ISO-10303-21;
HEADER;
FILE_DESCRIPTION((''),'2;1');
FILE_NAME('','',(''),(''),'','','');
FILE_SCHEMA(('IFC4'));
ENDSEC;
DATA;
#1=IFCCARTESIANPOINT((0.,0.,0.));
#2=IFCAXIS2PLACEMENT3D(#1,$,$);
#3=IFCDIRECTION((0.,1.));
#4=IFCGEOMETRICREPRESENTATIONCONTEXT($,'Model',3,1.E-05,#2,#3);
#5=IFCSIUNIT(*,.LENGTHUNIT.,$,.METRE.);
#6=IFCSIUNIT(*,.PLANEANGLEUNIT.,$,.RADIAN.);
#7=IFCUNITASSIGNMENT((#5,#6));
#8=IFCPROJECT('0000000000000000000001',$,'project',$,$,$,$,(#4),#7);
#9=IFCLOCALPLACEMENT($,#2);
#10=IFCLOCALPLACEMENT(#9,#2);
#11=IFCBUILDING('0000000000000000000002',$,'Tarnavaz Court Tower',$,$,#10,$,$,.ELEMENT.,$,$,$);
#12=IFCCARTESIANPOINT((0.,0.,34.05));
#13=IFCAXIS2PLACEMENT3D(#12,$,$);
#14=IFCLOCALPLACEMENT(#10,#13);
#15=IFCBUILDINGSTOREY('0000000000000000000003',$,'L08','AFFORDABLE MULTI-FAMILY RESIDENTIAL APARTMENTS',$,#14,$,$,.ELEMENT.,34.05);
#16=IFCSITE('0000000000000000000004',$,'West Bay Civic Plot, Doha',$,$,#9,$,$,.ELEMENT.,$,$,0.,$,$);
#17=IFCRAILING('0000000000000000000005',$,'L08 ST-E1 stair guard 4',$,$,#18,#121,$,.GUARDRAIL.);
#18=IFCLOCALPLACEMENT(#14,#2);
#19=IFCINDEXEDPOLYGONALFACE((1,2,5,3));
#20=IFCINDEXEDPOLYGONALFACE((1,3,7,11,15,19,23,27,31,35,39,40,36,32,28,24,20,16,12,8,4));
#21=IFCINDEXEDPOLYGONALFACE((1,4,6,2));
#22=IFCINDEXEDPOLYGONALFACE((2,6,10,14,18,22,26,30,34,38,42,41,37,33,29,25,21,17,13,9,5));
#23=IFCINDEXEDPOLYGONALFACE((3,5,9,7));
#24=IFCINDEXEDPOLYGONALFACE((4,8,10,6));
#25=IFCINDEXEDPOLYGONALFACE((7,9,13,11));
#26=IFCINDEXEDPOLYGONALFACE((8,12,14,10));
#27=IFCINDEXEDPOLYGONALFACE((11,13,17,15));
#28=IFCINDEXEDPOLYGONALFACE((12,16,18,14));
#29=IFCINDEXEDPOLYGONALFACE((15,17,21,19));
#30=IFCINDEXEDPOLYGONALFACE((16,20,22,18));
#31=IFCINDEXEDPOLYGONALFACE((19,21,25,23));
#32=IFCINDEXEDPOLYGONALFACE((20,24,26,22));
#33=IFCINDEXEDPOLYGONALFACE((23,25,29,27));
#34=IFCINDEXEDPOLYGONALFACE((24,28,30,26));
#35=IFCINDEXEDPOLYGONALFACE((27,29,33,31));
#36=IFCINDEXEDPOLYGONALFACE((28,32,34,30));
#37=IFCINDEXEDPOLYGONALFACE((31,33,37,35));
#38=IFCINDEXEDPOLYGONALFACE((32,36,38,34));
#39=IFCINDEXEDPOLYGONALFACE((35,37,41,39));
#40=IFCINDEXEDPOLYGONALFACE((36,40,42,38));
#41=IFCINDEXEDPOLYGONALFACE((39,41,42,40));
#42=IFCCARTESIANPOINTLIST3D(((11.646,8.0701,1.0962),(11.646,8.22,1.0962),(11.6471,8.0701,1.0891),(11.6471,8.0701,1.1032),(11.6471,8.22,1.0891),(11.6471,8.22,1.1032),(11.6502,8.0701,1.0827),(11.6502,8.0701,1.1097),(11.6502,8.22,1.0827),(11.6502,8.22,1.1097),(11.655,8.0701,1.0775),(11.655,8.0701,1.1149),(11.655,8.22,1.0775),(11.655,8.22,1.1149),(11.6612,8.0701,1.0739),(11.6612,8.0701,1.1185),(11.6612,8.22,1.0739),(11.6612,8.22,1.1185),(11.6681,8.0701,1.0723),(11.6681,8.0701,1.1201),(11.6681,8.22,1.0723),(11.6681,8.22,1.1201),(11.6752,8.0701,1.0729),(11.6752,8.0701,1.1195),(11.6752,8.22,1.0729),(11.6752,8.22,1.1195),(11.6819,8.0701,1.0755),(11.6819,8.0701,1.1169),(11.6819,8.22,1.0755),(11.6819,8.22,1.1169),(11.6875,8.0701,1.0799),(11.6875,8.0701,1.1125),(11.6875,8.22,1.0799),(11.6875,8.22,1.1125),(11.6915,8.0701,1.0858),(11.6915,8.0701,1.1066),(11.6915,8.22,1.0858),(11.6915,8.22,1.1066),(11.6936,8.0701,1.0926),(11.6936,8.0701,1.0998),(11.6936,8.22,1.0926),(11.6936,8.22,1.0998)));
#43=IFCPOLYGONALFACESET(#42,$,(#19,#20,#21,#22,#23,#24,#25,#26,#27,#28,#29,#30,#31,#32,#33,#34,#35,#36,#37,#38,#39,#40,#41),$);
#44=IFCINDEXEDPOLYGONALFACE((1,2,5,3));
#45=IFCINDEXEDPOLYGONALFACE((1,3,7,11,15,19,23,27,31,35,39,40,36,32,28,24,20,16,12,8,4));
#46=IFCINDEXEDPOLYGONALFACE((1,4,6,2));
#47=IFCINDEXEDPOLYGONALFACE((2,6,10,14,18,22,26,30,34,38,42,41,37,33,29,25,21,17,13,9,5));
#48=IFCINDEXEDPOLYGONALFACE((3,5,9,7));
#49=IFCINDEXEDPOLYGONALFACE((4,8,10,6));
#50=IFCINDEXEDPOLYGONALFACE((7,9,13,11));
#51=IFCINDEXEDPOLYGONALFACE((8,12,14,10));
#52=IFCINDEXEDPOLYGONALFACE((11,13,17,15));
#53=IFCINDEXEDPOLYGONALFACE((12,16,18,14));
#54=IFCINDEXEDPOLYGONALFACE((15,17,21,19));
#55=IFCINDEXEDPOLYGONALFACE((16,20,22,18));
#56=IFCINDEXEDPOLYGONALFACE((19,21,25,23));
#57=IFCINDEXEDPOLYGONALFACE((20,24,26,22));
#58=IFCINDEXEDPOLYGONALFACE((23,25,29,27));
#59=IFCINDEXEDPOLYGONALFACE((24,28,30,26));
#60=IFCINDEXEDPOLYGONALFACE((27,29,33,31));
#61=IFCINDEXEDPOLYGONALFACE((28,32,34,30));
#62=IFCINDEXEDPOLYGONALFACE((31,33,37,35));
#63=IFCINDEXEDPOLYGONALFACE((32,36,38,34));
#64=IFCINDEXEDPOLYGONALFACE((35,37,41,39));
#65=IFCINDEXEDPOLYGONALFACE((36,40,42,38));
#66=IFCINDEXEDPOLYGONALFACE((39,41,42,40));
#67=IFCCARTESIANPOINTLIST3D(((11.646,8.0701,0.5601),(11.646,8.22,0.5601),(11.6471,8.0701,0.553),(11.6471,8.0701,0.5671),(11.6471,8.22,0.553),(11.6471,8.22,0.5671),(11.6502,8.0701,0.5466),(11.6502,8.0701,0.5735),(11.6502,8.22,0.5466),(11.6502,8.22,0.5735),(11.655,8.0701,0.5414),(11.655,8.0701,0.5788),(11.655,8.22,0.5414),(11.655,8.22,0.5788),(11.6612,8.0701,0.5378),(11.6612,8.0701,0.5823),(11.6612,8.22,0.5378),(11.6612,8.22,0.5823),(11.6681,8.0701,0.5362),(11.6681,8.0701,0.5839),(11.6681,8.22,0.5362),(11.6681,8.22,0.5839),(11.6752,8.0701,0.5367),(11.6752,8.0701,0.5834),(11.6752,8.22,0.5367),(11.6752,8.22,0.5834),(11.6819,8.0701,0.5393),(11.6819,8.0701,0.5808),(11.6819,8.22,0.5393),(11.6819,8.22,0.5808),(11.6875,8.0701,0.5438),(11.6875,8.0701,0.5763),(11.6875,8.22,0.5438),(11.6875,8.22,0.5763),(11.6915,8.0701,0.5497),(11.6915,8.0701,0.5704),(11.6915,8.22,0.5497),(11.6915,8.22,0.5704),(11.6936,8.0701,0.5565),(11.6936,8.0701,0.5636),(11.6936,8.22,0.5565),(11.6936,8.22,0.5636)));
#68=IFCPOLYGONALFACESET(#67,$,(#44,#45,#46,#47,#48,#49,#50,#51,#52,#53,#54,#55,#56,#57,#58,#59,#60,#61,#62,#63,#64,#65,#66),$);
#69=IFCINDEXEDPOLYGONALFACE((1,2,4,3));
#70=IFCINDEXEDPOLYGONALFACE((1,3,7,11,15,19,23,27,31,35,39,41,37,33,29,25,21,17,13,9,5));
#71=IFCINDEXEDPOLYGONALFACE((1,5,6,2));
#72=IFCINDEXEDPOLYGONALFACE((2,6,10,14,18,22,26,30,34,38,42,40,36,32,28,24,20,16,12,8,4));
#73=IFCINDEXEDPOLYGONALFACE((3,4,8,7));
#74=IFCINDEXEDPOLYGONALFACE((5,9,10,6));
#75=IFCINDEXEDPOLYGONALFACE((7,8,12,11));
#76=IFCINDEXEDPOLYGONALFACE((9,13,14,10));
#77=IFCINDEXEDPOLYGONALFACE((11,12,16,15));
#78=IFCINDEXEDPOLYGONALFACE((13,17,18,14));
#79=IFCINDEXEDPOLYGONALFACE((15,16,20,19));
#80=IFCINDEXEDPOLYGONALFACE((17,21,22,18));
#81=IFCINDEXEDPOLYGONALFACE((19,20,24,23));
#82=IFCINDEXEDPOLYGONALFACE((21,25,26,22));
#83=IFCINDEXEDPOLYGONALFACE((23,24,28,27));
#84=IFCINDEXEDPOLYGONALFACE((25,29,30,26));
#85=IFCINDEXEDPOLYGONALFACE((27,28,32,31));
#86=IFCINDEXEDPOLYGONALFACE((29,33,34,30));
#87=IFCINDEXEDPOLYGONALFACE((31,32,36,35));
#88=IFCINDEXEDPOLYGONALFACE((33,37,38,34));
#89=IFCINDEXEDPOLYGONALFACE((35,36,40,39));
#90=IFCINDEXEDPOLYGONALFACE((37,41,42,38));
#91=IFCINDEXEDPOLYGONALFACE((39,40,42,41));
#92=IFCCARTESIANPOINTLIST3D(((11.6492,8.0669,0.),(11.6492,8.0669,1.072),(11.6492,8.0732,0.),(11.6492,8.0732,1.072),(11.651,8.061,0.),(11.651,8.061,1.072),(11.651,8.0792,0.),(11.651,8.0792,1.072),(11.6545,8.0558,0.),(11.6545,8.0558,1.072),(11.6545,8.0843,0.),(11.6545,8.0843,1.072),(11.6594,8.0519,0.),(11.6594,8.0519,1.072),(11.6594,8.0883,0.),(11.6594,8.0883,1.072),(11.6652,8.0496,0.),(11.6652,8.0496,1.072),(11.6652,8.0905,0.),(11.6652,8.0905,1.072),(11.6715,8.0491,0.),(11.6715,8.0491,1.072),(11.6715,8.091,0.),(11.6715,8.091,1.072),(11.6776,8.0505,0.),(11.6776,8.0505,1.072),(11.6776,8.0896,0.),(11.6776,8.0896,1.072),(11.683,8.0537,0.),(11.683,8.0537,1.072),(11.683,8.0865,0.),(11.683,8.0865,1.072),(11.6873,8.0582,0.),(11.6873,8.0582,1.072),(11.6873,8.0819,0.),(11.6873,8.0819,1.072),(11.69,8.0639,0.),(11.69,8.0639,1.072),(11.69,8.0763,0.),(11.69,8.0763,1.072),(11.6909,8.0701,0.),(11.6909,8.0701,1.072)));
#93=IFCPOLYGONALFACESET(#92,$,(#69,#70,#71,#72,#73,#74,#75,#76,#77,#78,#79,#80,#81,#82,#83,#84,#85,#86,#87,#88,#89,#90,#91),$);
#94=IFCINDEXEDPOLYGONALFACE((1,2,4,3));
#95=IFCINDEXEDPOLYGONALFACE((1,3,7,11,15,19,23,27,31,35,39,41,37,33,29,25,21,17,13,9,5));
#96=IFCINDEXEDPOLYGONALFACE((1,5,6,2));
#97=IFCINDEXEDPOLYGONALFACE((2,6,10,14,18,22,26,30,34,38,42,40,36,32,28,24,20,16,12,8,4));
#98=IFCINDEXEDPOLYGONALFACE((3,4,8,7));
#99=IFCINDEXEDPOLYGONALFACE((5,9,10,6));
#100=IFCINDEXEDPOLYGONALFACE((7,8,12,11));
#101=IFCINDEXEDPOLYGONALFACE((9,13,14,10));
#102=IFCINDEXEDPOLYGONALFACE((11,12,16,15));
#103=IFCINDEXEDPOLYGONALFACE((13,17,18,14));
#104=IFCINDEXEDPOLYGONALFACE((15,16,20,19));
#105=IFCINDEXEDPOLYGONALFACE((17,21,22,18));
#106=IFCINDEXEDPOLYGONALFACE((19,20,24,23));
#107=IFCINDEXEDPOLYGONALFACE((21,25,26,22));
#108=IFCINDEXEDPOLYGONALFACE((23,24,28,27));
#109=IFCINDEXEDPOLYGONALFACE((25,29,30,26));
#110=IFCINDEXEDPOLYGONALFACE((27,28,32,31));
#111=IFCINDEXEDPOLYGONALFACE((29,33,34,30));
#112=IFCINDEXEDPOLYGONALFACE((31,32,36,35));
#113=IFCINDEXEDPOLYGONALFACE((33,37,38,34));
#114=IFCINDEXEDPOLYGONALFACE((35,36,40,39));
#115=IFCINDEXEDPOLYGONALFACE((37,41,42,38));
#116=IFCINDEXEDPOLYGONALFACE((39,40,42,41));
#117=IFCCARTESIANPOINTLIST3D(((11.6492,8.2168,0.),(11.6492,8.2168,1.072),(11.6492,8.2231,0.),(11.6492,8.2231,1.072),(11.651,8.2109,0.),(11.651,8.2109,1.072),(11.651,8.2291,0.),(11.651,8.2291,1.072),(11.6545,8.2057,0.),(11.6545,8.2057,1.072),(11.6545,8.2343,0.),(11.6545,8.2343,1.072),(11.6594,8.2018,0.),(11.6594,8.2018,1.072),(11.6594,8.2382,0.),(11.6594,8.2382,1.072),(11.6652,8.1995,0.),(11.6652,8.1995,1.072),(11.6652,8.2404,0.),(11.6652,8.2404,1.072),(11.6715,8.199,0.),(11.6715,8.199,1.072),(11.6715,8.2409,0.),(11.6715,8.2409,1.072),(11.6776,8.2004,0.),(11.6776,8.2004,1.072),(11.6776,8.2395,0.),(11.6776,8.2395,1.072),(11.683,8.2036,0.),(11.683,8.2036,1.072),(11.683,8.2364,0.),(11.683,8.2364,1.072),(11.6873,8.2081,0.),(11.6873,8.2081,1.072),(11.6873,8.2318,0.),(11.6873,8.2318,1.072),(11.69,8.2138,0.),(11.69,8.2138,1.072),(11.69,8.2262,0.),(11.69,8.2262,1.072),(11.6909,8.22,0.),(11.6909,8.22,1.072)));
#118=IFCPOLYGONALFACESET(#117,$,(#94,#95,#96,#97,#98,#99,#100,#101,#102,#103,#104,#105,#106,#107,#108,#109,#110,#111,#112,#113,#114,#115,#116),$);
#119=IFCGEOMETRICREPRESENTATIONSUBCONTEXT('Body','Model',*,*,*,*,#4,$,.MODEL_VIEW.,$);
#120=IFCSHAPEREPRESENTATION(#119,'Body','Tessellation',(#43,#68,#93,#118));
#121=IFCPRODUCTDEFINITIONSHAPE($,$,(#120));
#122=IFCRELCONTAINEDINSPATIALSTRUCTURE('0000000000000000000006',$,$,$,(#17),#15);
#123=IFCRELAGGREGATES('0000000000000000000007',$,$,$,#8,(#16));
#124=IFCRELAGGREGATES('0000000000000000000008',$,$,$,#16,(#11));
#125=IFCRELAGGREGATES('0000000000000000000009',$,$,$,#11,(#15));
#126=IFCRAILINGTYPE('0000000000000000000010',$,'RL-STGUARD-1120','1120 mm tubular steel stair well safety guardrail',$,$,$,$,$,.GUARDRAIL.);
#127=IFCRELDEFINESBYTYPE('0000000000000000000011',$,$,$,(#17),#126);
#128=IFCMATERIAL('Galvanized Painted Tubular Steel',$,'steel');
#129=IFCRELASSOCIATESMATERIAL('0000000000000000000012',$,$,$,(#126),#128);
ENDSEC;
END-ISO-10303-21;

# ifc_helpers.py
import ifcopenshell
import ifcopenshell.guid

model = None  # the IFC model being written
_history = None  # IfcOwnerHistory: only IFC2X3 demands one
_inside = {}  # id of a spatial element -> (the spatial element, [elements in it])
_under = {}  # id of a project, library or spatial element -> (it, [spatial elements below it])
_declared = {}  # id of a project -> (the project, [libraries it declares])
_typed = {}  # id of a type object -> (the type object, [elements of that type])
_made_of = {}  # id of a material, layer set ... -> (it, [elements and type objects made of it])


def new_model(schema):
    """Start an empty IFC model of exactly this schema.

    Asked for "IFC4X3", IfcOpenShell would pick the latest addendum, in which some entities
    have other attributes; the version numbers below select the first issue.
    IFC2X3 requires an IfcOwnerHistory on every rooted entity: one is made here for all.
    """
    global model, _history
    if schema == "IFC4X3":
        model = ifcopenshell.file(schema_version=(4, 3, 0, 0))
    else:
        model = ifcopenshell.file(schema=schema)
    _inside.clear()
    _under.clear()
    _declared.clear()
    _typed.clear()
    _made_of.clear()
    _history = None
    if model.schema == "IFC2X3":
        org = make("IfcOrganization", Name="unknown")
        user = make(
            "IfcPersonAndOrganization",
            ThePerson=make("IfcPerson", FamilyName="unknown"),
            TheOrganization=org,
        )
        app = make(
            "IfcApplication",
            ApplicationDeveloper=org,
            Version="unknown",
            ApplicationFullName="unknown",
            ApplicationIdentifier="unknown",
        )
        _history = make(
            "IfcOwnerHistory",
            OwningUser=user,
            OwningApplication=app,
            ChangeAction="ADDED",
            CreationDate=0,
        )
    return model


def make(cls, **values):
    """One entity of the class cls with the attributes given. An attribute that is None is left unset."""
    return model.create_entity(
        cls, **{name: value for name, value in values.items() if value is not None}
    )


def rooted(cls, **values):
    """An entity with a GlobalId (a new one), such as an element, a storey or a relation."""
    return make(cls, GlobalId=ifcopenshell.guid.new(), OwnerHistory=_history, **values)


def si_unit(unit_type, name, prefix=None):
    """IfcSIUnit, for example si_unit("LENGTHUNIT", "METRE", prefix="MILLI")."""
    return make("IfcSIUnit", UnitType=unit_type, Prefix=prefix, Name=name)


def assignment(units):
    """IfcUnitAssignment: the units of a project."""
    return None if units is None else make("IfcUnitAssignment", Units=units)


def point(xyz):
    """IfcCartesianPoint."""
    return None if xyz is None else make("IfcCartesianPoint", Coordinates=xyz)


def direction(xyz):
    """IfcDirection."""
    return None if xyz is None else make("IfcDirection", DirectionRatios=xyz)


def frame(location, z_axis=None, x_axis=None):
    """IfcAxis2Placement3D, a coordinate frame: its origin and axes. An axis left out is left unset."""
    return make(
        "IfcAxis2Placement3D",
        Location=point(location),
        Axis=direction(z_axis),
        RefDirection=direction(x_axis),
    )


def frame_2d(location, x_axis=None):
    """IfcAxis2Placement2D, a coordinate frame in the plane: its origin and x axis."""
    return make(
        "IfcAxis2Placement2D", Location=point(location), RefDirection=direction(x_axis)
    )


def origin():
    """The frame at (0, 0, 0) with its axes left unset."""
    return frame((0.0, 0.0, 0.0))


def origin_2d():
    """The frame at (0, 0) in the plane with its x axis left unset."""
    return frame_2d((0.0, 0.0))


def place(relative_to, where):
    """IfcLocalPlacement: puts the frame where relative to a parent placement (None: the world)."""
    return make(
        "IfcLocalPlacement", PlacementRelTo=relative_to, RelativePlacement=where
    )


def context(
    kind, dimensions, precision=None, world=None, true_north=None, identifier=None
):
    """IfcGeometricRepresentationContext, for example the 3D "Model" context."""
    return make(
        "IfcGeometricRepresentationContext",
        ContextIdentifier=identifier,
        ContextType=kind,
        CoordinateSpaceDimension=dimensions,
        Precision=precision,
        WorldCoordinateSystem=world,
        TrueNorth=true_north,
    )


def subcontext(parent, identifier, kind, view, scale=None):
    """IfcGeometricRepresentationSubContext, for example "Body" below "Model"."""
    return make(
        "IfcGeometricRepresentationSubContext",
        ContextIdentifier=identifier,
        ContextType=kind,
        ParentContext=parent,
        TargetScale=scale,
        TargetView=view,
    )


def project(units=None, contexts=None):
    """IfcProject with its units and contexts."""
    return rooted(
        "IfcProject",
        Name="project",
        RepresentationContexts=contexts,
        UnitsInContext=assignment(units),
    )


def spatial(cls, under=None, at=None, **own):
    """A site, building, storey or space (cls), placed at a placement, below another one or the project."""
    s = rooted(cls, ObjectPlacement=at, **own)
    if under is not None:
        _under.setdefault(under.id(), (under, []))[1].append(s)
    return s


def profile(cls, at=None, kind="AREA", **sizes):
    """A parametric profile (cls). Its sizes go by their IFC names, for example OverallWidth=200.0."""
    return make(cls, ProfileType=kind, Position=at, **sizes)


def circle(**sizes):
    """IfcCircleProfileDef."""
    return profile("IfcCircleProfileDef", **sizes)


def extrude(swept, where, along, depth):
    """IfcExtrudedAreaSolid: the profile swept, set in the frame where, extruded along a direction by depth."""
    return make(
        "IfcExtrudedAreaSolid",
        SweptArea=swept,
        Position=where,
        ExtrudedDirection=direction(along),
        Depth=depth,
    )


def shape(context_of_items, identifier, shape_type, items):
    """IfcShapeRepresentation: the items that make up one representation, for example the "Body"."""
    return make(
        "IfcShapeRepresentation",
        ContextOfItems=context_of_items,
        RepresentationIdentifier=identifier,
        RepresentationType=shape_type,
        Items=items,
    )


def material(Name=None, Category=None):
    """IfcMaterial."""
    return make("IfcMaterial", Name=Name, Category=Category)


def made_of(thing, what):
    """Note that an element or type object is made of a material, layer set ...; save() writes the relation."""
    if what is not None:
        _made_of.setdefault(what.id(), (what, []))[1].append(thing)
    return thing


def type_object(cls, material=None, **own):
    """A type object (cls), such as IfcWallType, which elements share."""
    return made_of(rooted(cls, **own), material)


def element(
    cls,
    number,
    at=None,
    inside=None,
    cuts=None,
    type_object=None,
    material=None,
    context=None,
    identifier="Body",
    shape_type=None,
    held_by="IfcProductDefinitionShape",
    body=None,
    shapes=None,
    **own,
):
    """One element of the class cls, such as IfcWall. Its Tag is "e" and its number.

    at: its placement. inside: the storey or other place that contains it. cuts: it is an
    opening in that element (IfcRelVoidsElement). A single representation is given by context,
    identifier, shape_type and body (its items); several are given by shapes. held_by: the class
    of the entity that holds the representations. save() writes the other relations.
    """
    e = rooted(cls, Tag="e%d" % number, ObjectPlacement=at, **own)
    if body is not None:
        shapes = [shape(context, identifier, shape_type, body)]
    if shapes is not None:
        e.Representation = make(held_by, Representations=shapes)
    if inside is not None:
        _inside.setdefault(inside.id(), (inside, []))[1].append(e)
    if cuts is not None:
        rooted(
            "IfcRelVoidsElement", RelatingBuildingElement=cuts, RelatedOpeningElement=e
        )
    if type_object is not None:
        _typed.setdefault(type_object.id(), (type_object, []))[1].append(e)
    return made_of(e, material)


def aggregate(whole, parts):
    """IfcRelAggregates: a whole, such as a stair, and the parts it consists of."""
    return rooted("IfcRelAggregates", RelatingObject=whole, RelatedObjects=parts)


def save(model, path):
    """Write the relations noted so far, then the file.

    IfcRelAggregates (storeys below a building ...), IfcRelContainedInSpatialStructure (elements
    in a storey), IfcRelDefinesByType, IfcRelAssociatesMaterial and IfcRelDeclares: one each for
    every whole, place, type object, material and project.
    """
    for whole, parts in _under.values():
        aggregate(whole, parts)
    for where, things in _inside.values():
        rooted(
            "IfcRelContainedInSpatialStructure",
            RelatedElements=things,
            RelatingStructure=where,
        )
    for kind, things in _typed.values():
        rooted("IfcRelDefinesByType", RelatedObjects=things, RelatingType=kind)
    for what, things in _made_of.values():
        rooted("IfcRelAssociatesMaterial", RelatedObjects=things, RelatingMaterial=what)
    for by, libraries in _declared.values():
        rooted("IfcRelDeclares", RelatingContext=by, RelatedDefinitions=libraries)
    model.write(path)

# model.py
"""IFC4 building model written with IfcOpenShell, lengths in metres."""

from ifc_helpers import new_model, si_unit, direction, frame, origin, origin_2d, place, context, subcontext, project, spatial, circle, extrude, material, type_object, element, save


model = new_model("IFC4")

# Units and contexts
model_context = context("Model", 3, precision=1e-05, world=origin(), true_north=direction((0.0, 1.0)))
body_context = subcontext(model_context, "Body", "Model", "MODEL_VIEW")
ifc_project = project(units=[si_unit("LENGTHUNIT", "METRE"), si_unit("PLANEANGLEUNIT", "RADIAN")], contexts=[model_context])

# Site, building, storey
site_placement = place(None, origin())
site = spatial("IfcSite", under=ifc_project, at=site_placement, Name="West Bay Civic Plot, Doha", CompositionType="ELEMENT", RefElevation=0.0)
building_placement = place(site_placement, origin())
building = spatial("IfcBuilding", under=site, at=building_placement, Name="Tarnavaz Court Tower", CompositionType="ELEMENT")
storey_placement = place(building_placement, frame((0.0, 0.0, 34.05)))
storey = spatial("IfcBuildingStorey", under=building, at=storey_placement, Name="L08", Description="AFFORDABLE MULTI-FAMILY RESIDENTIAL APARTMENTS", CompositionType="ELEMENT", Elevation=34.05)

# Railing
ifc_material_1 = material(Name="Galvanized Painted Tubular Steel", Category="steel")
railing_type_1 = type_object("IfcRailingType", Name="RL-STGUARD-1120", Description="1120 mm tubular steel stair well safety guardrail", PredefinedType="GUARDRAIL", material=ifc_material_1)
railing_1_placement = place(storey_placement, frame((11.6699, 8.0701, 0.0)))
element("IfcRailing", 1, at=railing_1_placement, inside=storey, type_object=railing_type_1, Name="L08 ST-E1 stair guard 4", PredefinedType="GUARDRAIL", context=body_context, shape_type="SweptSolid", body=[
    extrude(circle(Radius=0.0239, at=origin_2d()), frame((0.0, 0.0, 1.0962), z_axis=(0.0, 1.0, 0.0), x_axis=(-1.0, 0.0, 0.0)), (0.0, 0.0, 1.0), 0.1499),
    extrude(circle(Radius=0.0239, at=origin_2d()), frame((0.0, 0.0, 0.5601), z_axis=(0.0, 1.0, 0.0), x_axis=(-1.0, 0.0, 0.0)), (0.0, 0.0, 1.0), 0.1499),
    extrude(circle(Radius=0.021, at=origin_2d()), origin(), (0.0, 0.0, 1.0), 1.072),
    extrude(circle(Radius=0.021, at=origin_2d()), frame((0.0, 0.1499, 0.0)), (0.0, 0.0, 1.0), 1.072),
])

save(model, "model.ifc")
